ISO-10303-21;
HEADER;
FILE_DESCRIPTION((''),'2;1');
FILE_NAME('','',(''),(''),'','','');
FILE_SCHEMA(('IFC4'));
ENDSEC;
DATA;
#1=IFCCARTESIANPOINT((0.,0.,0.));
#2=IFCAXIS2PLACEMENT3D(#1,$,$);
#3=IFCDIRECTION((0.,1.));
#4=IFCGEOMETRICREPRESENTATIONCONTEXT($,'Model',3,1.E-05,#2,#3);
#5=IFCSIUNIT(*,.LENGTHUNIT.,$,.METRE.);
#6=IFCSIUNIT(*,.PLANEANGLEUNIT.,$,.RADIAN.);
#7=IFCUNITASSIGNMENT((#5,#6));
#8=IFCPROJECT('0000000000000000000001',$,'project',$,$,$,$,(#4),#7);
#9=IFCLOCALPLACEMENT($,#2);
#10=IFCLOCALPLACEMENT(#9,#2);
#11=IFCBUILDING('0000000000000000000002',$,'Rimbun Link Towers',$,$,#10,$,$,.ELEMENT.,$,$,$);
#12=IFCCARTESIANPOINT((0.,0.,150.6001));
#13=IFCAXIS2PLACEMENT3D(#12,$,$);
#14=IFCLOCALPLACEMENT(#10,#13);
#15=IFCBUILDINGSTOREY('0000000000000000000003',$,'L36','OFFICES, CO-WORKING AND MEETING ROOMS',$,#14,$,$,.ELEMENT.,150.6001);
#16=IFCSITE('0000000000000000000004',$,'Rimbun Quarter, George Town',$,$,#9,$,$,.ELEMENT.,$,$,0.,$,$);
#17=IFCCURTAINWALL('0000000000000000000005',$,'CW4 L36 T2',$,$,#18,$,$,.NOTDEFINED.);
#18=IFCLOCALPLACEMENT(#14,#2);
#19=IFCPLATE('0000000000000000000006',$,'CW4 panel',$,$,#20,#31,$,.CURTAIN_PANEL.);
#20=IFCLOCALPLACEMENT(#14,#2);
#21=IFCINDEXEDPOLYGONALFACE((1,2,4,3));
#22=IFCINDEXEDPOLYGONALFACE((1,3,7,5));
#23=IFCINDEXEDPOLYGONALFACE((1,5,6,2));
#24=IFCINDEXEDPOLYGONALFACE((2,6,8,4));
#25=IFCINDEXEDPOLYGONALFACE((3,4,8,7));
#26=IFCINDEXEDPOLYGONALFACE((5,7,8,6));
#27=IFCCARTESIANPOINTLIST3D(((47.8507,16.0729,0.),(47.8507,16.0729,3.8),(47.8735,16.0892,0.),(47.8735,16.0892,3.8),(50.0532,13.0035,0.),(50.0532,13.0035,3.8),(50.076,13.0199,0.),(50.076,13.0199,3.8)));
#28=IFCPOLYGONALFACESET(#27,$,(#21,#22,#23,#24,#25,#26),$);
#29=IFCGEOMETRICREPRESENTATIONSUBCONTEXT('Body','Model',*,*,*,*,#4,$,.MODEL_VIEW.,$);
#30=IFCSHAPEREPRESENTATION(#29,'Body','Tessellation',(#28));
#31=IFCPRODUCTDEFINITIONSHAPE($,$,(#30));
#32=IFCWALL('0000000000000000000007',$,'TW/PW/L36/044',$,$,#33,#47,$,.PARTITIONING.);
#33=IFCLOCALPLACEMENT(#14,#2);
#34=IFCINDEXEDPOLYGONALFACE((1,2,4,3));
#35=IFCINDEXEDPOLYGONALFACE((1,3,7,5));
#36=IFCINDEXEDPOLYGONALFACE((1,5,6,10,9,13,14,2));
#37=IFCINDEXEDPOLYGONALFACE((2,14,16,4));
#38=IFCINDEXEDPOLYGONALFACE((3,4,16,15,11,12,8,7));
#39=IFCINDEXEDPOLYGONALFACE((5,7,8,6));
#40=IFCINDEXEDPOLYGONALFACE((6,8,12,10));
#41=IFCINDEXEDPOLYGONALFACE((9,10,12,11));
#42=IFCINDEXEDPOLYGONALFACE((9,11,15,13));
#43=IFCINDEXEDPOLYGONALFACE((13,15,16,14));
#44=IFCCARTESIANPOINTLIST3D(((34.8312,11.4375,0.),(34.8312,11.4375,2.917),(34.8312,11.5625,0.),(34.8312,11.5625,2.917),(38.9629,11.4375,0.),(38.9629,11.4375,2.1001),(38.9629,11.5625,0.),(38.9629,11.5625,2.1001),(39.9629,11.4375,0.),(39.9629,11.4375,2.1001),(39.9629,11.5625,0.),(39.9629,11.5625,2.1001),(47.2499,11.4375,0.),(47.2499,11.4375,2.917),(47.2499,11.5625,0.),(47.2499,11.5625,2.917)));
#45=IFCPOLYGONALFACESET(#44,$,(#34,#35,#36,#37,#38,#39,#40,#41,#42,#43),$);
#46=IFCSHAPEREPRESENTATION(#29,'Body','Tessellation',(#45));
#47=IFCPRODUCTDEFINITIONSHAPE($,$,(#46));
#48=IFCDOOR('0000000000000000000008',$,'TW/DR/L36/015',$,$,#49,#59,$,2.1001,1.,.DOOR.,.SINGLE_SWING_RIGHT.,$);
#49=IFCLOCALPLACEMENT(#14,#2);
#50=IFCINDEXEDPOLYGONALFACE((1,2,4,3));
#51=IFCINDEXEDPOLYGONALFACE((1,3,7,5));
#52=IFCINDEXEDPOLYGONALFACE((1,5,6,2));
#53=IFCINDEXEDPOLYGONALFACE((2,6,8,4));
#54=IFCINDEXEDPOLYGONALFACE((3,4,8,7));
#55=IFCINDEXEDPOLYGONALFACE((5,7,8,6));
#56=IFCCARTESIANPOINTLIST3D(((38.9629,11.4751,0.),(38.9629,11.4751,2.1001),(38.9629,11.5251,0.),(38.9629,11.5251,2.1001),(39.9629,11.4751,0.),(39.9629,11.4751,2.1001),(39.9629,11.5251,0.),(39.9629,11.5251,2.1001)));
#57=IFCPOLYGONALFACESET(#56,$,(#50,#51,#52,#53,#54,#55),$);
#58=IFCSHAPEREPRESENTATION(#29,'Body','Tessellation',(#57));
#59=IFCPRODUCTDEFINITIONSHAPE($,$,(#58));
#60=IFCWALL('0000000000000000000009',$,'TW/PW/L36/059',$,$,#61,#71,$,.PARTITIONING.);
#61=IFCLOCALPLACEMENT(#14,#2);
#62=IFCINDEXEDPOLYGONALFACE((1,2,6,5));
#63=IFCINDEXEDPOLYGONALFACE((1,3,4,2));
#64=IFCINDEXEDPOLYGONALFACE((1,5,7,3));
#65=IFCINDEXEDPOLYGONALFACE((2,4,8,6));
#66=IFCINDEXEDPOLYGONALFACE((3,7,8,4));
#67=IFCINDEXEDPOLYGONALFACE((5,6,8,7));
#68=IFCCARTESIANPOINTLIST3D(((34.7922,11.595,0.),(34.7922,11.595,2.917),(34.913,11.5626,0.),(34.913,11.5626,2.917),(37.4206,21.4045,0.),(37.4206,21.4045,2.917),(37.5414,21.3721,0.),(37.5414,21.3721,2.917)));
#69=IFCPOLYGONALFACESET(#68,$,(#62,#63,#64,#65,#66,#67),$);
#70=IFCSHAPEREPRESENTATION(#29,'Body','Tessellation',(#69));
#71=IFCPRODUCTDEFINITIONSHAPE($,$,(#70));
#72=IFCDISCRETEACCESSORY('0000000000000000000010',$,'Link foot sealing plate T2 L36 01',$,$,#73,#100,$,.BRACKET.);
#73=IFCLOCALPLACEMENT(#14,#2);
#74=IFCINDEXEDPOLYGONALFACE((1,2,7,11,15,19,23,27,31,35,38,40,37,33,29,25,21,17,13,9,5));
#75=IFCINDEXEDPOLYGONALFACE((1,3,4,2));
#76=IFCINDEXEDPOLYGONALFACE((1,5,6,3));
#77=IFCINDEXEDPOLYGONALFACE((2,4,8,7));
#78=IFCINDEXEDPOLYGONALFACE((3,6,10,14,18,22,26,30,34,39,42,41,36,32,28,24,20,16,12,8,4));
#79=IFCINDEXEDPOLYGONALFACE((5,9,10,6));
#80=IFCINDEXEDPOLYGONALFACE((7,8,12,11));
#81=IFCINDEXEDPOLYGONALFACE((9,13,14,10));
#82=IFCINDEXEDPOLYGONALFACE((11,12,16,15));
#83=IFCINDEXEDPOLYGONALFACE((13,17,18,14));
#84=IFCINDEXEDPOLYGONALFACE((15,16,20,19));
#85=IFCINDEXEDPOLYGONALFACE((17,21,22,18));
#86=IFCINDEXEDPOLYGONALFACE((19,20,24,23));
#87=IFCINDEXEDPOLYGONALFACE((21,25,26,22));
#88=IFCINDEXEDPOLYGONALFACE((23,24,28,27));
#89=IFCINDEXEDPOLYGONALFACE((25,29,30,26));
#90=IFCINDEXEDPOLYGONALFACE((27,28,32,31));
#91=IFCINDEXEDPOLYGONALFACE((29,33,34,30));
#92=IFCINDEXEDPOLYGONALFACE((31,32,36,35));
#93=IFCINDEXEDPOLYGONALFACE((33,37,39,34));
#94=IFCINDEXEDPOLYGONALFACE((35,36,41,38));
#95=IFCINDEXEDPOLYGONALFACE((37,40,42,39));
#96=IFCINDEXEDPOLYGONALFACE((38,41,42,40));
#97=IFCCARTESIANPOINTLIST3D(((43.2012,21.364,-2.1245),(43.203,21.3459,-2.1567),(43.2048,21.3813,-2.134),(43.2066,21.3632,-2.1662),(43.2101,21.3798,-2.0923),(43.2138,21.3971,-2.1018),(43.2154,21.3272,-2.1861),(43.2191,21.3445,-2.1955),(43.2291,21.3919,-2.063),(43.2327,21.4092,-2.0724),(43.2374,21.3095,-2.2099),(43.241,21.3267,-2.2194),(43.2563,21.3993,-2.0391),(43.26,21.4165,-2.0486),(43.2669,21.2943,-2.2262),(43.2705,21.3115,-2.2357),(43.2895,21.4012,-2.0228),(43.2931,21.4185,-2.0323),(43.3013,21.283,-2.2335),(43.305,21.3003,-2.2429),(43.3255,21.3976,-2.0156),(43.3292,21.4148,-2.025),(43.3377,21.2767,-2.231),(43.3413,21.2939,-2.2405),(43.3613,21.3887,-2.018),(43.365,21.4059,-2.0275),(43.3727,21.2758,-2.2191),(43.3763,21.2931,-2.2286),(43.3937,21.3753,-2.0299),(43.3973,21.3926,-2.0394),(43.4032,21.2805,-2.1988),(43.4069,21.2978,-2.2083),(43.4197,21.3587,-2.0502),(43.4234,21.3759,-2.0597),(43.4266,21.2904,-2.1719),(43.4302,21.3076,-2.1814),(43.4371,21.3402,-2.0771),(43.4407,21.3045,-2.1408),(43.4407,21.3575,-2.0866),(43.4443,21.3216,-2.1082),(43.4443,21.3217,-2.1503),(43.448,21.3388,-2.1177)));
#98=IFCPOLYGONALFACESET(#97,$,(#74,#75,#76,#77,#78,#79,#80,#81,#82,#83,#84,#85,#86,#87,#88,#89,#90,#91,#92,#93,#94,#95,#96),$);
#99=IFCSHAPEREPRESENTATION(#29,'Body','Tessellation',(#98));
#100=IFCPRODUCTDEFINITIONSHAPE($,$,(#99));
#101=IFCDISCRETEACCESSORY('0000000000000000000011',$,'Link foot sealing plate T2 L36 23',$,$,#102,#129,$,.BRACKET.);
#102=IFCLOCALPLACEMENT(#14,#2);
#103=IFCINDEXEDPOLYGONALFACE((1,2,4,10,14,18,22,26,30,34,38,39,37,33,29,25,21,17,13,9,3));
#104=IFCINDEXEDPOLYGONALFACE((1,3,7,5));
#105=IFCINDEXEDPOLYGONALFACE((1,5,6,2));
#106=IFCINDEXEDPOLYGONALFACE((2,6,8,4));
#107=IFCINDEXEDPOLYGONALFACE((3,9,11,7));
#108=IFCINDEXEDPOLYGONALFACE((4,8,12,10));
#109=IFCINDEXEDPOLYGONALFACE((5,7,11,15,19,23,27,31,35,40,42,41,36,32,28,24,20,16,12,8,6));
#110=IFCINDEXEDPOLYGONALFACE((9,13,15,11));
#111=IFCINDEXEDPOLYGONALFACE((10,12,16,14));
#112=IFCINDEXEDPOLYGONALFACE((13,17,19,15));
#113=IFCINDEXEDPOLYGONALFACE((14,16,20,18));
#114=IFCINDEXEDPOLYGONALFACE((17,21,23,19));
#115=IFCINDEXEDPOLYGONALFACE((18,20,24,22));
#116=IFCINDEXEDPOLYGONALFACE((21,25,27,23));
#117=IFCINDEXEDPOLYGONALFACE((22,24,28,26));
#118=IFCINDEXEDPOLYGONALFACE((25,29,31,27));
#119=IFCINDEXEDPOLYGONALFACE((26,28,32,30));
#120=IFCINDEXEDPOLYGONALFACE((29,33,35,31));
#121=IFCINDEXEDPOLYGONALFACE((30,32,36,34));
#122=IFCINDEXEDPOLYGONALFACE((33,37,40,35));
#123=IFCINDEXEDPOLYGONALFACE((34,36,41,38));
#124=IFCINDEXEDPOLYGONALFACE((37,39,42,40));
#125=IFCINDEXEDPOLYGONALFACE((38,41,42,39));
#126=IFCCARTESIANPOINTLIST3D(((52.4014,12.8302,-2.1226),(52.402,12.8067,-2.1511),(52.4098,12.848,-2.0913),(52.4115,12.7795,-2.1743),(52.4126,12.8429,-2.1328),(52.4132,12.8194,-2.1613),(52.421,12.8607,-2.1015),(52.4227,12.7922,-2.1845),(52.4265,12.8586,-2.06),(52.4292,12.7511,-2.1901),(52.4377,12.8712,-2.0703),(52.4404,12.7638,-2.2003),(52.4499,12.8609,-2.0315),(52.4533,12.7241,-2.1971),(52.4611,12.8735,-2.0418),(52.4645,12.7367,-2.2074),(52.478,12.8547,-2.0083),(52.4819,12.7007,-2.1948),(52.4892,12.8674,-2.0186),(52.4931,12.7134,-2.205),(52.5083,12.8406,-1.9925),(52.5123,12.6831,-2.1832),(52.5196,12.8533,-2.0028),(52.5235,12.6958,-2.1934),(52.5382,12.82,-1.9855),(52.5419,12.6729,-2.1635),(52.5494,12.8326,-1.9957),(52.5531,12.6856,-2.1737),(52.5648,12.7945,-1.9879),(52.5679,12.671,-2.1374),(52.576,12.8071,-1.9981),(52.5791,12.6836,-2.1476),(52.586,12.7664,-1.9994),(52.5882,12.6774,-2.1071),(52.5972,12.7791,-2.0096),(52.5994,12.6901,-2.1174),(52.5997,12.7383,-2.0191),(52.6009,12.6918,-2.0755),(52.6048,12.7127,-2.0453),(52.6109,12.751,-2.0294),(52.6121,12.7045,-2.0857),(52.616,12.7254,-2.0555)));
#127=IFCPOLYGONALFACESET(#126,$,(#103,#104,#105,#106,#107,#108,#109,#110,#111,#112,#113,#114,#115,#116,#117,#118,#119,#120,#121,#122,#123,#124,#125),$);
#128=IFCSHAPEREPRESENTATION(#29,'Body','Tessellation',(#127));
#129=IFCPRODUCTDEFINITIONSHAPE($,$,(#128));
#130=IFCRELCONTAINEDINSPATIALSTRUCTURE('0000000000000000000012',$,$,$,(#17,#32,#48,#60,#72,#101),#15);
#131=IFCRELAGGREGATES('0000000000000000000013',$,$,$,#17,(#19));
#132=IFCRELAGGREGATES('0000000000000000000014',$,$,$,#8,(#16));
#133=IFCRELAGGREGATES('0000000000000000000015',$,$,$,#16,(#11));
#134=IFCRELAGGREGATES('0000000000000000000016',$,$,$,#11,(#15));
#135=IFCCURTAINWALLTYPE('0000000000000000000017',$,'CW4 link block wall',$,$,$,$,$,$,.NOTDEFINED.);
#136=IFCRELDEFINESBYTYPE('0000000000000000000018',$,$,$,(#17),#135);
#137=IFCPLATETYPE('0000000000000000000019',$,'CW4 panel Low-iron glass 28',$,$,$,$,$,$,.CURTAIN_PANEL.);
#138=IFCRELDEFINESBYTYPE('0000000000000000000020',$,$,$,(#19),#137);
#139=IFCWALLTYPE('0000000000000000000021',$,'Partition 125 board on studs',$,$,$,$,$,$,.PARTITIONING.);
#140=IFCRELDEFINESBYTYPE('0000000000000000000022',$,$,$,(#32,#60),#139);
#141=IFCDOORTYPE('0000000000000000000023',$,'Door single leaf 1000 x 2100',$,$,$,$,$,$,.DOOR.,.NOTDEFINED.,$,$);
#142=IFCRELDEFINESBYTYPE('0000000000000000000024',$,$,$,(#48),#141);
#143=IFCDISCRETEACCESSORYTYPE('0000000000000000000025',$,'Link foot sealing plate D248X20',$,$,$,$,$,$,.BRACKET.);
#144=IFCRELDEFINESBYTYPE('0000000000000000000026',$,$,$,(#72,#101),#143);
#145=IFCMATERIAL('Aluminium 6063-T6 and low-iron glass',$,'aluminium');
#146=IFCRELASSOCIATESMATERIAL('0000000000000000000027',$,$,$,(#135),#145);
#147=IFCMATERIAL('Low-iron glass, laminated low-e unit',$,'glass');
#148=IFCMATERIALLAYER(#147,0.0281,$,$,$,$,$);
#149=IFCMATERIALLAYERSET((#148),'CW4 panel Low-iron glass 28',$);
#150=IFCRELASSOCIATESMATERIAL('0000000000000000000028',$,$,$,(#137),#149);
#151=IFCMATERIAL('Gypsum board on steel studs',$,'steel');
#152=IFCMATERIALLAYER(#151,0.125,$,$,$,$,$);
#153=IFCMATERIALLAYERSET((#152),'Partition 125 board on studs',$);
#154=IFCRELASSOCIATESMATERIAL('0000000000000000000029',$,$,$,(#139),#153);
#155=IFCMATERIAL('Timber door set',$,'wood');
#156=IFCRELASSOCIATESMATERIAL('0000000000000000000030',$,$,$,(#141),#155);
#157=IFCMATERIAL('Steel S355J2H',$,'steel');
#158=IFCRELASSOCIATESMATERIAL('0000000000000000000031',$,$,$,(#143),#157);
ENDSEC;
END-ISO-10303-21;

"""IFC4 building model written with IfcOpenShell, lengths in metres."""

from ifc_helpers import new_model, si_unit, direction, frame, frame_2d, origin, origin_2d, place, context, subcontext, project, spatial, rectangle, circle, extrude, material, layer, layer_set, material_profile, profile_set, type_object, element, fill, aggregate, save


model = new_model("IFC4")

# Units and contexts
model_context = context("Model", 3, precision=1e-05, world=origin(), true_north=direction((0.0, 1.0)))
body_context = subcontext(model_context, "Body", "Model", "MODEL_VIEW")
ifc_project = project(units=[si_unit("LENGTHUNIT", "METRE"), si_unit("PLANEANGLEUNIT", "RADIAN")], contexts=[model_context])

# Site, building, storey
site_placement = place(None, origin())
site = spatial("IfcSite", under=ifc_project, at=site_placement, Name="Rimbun Quarter, George Town", CompositionType="ELEMENT", RefElevation=0.0)
building_placement = place(site_placement, origin())
building = spatial("IfcBuilding", under=site, at=building_placement, Name="Rimbun Link Towers", CompositionType="ELEMENT")
storey_placement = place(building_placement, frame((0.0, 0.0, 150.6001)))
storey = spatial("IfcBuildingStorey", under=building, at=storey_placement, Name="L36", Description="OFFICES, CO-WORKING AND MEETING ROOMS", CompositionType="ELEMENT", Elevation=150.6001)

# Curtain wall
ifc_material_1 = material(Name="Aluminium 6063-T6 and low-iron glass", Category="aluminium")
curtain_wall_type = type_object("IfcCurtainWallType", Name="CW4 link block wall", PredefinedType="NOTDEFINED", material=ifc_material_1)
curtain_wall_placement = place(storey_placement, origin())
curtain_wall = element("IfcCurtainWall", 1, at=curtain_wall_placement, inside=storey, type_object=curtain_wall_type, Name="CW4 L36 T2", PredefinedType="NOTDEFINED")

# Plate
ifc_material_2 = material(Name="Low-iron glass, laminated low-e unit", Category="glass")
ifc_layer_1 = layer(ifc_material_2, 0.0281)
ifc_layer_set_1 = layer_set([ifc_layer_1], Name="CW4 panel Low-iron glass 28")
plate_type = type_object("IfcPlateType", Name="CW4 panel Low-iron glass 28", PredefinedType="CURTAIN_PANEL", material=ifc_layer_set_1)
plate_1_placement = place(storey_placement, frame((48.9634, 14.5464, 0.0), z_axis=(0.0, 0.0, 1.0), x_axis=(0.583009, -0.812465, 0.0)))
plate_1 = element("IfcPlate", 2, at=plate_1_placement, type_object=plate_type, Name="CW4 panel", PredefinedType="CURTAIN_PANEL", context=body_context, shape_type="SweptSolid", body=[
    extrude(rectangle(XDim=3.7778, YDim=0.0281, at=origin_2d()), origin(), (0.0, 0.0, 1.0), 3.8),
])
aggregate(curtain_wall, [plate_1])

# Wall, opening, door
ifc_material_3 = material(Name="Gypsum board on steel studs", Category="steel")
ifc_layer_2 = layer(ifc_material_3, 0.125)
ifc_layer_set_2 = layer_set([ifc_layer_2], Name="Partition 125 board on studs")
wall_type = type_object("IfcWallType", Name="Partition 125 board on studs", PredefinedType="PARTITIONING", material=ifc_layer_set_2)
wall_1_placement = place(storey_placement, frame((47.25, 11.5, 0.0), z_axis=(0.0, 0.0, 1.0), x_axis=(-1.0, 0.0, 0.0)))
wall_1 = element("IfcWall", 3, at=wall_1_placement, inside=storey, type_object=wall_type, Name="TW/PW/L36/044", PredefinedType="PARTITIONING", context=body_context, shape_type="SweptSolid", body=[
    extrude(rectangle(XDim=12.4187, YDim=0.125, at=frame_2d((6.2095, 0.0))), origin(), (0.0, 0.0, 1.0), 2.917),
])
opening_placement = place(wall_1_placement, frame((7.2871, 0.0, 0.0)))
opening = element("IfcOpeningElement", 4, at=opening_placement, cuts=wall_1, PredefinedType="OPENING", context=body_context, shape_type="SweptSolid", body=[
    extrude(rectangle(XDim=1.0, YDim=2.1001, at=frame_2d((0.5, 1.05))), frame((0.0, 0.0725, 0.0), z_axis=(0.0, -1.0, 0.0), x_axis=(1.0, 0.0, 0.0)), (0.0, 0.0, 1.0), 0.145),
])
ifc_material_4 = material(Name="Timber door set", Category="wood")
door_type = type_object("IfcDoorType", Name="Door single leaf 1000 x 2100", OperationType="NOTDEFINED", PredefinedType="DOOR", material=ifc_material_4)
door_placement = place(opening_placement, origin())
door = element("IfcDoor", 5, at=door_placement, inside=storey, type_object=door_type, Name="TW/DR/L36/015", OperationType="SINGLE_SWING_RIGHT", OverallHeight=2.1001, OverallWidth=1.0, PredefinedType="DOOR", context=body_context, shape_type="SweptSolid", body=[
    extrude(rectangle(XDim=1.0, YDim=2.1001, at=frame_2d((0.5, 1.05))), frame((0.0, 0.0249, 0.0), z_axis=(0.0, -1.0, 0.0), x_axis=(1.0, 0.0, 0.0)), (0.0, 0.0, 1.0), 0.05),
])
fill(opening, door)

# Wall
wall_2_placement = place(storey_placement, frame((37.481, 21.3882, 0.0), z_axis=(0.0, 0.0, 1.0), x_axis=(-0.258815, -0.965927, 0.0)))
element("IfcWall", 6, at=wall_2_placement, inside=storey, type_object=wall_type, Name="TW/PW/L36/059", PredefinedType="PARTITIONING", context=body_context, shape_type="SweptSolid", body=[
    extrude(rectangle(XDim=10.1555, YDim=0.125, at=frame_2d((5.0776, 0.0))), origin(), (0.0, 0.0, 1.0), 2.917),
])

# Discrete accessories
ifc_material_5 = material(Name="Steel S355J2H", Category="steel")
ifc_material_profile_1 = material_profile(ifc_material_5, circle(Radius=0.124, at=origin_2d()), Name="PL D248")
ifc_profile_set_1 = profile_set([ifc_material_profile_1], Name="Steel S355J2H")
discrete_accessory_type = type_object("IfcDiscreteAccessoryType", Name="Link foot sealing plate D248X20", PredefinedType="BRACKET", material=ifc_profile_set_1)
discrete_accessory_1_placement = place(storey_placement, frame((43.3225, 21.3384, -2.1245), z_axis=(0.182076, 0.861826, -0.473397), x_axis=(-0.978403, 0.206705, 0.0)))
element("IfcDiscreteAccessory", 7, at=discrete_accessory_1_placement, inside=storey, type_object=discrete_accessory_type, Name="Link foot sealing plate T2 L36 01", PredefinedType="BRACKET", context=body_context, shape_type="SweptSolid", body=[
    extrude(circle(Radius=0.124, at=origin_2d()), origin(), (0.0, 0.0, 1.0), 0.02),
])
discrete_accessory_2_placement = place(storey_placement, frame((52.5027, 12.7659, -2.0913), z_axis=(0.566908, 0.640853, -0.517612), x_axis=(-0.748997, 0.662574, 0.0)))
element("IfcDiscreteAccessory", 8, at=discrete_accessory_2_placement, inside=storey, type_object=discrete_accessory_type, Name="Link foot sealing plate T2 L36 23", PredefinedType="BRACKET", context=body_context, shape_type="SweptSolid", body=[
    extrude(circle(Radius=0.124, at=origin_2d()), origin(), (0.0, 0.0, 1.0), 0.0198),
])

save(model, "model.ifc")
